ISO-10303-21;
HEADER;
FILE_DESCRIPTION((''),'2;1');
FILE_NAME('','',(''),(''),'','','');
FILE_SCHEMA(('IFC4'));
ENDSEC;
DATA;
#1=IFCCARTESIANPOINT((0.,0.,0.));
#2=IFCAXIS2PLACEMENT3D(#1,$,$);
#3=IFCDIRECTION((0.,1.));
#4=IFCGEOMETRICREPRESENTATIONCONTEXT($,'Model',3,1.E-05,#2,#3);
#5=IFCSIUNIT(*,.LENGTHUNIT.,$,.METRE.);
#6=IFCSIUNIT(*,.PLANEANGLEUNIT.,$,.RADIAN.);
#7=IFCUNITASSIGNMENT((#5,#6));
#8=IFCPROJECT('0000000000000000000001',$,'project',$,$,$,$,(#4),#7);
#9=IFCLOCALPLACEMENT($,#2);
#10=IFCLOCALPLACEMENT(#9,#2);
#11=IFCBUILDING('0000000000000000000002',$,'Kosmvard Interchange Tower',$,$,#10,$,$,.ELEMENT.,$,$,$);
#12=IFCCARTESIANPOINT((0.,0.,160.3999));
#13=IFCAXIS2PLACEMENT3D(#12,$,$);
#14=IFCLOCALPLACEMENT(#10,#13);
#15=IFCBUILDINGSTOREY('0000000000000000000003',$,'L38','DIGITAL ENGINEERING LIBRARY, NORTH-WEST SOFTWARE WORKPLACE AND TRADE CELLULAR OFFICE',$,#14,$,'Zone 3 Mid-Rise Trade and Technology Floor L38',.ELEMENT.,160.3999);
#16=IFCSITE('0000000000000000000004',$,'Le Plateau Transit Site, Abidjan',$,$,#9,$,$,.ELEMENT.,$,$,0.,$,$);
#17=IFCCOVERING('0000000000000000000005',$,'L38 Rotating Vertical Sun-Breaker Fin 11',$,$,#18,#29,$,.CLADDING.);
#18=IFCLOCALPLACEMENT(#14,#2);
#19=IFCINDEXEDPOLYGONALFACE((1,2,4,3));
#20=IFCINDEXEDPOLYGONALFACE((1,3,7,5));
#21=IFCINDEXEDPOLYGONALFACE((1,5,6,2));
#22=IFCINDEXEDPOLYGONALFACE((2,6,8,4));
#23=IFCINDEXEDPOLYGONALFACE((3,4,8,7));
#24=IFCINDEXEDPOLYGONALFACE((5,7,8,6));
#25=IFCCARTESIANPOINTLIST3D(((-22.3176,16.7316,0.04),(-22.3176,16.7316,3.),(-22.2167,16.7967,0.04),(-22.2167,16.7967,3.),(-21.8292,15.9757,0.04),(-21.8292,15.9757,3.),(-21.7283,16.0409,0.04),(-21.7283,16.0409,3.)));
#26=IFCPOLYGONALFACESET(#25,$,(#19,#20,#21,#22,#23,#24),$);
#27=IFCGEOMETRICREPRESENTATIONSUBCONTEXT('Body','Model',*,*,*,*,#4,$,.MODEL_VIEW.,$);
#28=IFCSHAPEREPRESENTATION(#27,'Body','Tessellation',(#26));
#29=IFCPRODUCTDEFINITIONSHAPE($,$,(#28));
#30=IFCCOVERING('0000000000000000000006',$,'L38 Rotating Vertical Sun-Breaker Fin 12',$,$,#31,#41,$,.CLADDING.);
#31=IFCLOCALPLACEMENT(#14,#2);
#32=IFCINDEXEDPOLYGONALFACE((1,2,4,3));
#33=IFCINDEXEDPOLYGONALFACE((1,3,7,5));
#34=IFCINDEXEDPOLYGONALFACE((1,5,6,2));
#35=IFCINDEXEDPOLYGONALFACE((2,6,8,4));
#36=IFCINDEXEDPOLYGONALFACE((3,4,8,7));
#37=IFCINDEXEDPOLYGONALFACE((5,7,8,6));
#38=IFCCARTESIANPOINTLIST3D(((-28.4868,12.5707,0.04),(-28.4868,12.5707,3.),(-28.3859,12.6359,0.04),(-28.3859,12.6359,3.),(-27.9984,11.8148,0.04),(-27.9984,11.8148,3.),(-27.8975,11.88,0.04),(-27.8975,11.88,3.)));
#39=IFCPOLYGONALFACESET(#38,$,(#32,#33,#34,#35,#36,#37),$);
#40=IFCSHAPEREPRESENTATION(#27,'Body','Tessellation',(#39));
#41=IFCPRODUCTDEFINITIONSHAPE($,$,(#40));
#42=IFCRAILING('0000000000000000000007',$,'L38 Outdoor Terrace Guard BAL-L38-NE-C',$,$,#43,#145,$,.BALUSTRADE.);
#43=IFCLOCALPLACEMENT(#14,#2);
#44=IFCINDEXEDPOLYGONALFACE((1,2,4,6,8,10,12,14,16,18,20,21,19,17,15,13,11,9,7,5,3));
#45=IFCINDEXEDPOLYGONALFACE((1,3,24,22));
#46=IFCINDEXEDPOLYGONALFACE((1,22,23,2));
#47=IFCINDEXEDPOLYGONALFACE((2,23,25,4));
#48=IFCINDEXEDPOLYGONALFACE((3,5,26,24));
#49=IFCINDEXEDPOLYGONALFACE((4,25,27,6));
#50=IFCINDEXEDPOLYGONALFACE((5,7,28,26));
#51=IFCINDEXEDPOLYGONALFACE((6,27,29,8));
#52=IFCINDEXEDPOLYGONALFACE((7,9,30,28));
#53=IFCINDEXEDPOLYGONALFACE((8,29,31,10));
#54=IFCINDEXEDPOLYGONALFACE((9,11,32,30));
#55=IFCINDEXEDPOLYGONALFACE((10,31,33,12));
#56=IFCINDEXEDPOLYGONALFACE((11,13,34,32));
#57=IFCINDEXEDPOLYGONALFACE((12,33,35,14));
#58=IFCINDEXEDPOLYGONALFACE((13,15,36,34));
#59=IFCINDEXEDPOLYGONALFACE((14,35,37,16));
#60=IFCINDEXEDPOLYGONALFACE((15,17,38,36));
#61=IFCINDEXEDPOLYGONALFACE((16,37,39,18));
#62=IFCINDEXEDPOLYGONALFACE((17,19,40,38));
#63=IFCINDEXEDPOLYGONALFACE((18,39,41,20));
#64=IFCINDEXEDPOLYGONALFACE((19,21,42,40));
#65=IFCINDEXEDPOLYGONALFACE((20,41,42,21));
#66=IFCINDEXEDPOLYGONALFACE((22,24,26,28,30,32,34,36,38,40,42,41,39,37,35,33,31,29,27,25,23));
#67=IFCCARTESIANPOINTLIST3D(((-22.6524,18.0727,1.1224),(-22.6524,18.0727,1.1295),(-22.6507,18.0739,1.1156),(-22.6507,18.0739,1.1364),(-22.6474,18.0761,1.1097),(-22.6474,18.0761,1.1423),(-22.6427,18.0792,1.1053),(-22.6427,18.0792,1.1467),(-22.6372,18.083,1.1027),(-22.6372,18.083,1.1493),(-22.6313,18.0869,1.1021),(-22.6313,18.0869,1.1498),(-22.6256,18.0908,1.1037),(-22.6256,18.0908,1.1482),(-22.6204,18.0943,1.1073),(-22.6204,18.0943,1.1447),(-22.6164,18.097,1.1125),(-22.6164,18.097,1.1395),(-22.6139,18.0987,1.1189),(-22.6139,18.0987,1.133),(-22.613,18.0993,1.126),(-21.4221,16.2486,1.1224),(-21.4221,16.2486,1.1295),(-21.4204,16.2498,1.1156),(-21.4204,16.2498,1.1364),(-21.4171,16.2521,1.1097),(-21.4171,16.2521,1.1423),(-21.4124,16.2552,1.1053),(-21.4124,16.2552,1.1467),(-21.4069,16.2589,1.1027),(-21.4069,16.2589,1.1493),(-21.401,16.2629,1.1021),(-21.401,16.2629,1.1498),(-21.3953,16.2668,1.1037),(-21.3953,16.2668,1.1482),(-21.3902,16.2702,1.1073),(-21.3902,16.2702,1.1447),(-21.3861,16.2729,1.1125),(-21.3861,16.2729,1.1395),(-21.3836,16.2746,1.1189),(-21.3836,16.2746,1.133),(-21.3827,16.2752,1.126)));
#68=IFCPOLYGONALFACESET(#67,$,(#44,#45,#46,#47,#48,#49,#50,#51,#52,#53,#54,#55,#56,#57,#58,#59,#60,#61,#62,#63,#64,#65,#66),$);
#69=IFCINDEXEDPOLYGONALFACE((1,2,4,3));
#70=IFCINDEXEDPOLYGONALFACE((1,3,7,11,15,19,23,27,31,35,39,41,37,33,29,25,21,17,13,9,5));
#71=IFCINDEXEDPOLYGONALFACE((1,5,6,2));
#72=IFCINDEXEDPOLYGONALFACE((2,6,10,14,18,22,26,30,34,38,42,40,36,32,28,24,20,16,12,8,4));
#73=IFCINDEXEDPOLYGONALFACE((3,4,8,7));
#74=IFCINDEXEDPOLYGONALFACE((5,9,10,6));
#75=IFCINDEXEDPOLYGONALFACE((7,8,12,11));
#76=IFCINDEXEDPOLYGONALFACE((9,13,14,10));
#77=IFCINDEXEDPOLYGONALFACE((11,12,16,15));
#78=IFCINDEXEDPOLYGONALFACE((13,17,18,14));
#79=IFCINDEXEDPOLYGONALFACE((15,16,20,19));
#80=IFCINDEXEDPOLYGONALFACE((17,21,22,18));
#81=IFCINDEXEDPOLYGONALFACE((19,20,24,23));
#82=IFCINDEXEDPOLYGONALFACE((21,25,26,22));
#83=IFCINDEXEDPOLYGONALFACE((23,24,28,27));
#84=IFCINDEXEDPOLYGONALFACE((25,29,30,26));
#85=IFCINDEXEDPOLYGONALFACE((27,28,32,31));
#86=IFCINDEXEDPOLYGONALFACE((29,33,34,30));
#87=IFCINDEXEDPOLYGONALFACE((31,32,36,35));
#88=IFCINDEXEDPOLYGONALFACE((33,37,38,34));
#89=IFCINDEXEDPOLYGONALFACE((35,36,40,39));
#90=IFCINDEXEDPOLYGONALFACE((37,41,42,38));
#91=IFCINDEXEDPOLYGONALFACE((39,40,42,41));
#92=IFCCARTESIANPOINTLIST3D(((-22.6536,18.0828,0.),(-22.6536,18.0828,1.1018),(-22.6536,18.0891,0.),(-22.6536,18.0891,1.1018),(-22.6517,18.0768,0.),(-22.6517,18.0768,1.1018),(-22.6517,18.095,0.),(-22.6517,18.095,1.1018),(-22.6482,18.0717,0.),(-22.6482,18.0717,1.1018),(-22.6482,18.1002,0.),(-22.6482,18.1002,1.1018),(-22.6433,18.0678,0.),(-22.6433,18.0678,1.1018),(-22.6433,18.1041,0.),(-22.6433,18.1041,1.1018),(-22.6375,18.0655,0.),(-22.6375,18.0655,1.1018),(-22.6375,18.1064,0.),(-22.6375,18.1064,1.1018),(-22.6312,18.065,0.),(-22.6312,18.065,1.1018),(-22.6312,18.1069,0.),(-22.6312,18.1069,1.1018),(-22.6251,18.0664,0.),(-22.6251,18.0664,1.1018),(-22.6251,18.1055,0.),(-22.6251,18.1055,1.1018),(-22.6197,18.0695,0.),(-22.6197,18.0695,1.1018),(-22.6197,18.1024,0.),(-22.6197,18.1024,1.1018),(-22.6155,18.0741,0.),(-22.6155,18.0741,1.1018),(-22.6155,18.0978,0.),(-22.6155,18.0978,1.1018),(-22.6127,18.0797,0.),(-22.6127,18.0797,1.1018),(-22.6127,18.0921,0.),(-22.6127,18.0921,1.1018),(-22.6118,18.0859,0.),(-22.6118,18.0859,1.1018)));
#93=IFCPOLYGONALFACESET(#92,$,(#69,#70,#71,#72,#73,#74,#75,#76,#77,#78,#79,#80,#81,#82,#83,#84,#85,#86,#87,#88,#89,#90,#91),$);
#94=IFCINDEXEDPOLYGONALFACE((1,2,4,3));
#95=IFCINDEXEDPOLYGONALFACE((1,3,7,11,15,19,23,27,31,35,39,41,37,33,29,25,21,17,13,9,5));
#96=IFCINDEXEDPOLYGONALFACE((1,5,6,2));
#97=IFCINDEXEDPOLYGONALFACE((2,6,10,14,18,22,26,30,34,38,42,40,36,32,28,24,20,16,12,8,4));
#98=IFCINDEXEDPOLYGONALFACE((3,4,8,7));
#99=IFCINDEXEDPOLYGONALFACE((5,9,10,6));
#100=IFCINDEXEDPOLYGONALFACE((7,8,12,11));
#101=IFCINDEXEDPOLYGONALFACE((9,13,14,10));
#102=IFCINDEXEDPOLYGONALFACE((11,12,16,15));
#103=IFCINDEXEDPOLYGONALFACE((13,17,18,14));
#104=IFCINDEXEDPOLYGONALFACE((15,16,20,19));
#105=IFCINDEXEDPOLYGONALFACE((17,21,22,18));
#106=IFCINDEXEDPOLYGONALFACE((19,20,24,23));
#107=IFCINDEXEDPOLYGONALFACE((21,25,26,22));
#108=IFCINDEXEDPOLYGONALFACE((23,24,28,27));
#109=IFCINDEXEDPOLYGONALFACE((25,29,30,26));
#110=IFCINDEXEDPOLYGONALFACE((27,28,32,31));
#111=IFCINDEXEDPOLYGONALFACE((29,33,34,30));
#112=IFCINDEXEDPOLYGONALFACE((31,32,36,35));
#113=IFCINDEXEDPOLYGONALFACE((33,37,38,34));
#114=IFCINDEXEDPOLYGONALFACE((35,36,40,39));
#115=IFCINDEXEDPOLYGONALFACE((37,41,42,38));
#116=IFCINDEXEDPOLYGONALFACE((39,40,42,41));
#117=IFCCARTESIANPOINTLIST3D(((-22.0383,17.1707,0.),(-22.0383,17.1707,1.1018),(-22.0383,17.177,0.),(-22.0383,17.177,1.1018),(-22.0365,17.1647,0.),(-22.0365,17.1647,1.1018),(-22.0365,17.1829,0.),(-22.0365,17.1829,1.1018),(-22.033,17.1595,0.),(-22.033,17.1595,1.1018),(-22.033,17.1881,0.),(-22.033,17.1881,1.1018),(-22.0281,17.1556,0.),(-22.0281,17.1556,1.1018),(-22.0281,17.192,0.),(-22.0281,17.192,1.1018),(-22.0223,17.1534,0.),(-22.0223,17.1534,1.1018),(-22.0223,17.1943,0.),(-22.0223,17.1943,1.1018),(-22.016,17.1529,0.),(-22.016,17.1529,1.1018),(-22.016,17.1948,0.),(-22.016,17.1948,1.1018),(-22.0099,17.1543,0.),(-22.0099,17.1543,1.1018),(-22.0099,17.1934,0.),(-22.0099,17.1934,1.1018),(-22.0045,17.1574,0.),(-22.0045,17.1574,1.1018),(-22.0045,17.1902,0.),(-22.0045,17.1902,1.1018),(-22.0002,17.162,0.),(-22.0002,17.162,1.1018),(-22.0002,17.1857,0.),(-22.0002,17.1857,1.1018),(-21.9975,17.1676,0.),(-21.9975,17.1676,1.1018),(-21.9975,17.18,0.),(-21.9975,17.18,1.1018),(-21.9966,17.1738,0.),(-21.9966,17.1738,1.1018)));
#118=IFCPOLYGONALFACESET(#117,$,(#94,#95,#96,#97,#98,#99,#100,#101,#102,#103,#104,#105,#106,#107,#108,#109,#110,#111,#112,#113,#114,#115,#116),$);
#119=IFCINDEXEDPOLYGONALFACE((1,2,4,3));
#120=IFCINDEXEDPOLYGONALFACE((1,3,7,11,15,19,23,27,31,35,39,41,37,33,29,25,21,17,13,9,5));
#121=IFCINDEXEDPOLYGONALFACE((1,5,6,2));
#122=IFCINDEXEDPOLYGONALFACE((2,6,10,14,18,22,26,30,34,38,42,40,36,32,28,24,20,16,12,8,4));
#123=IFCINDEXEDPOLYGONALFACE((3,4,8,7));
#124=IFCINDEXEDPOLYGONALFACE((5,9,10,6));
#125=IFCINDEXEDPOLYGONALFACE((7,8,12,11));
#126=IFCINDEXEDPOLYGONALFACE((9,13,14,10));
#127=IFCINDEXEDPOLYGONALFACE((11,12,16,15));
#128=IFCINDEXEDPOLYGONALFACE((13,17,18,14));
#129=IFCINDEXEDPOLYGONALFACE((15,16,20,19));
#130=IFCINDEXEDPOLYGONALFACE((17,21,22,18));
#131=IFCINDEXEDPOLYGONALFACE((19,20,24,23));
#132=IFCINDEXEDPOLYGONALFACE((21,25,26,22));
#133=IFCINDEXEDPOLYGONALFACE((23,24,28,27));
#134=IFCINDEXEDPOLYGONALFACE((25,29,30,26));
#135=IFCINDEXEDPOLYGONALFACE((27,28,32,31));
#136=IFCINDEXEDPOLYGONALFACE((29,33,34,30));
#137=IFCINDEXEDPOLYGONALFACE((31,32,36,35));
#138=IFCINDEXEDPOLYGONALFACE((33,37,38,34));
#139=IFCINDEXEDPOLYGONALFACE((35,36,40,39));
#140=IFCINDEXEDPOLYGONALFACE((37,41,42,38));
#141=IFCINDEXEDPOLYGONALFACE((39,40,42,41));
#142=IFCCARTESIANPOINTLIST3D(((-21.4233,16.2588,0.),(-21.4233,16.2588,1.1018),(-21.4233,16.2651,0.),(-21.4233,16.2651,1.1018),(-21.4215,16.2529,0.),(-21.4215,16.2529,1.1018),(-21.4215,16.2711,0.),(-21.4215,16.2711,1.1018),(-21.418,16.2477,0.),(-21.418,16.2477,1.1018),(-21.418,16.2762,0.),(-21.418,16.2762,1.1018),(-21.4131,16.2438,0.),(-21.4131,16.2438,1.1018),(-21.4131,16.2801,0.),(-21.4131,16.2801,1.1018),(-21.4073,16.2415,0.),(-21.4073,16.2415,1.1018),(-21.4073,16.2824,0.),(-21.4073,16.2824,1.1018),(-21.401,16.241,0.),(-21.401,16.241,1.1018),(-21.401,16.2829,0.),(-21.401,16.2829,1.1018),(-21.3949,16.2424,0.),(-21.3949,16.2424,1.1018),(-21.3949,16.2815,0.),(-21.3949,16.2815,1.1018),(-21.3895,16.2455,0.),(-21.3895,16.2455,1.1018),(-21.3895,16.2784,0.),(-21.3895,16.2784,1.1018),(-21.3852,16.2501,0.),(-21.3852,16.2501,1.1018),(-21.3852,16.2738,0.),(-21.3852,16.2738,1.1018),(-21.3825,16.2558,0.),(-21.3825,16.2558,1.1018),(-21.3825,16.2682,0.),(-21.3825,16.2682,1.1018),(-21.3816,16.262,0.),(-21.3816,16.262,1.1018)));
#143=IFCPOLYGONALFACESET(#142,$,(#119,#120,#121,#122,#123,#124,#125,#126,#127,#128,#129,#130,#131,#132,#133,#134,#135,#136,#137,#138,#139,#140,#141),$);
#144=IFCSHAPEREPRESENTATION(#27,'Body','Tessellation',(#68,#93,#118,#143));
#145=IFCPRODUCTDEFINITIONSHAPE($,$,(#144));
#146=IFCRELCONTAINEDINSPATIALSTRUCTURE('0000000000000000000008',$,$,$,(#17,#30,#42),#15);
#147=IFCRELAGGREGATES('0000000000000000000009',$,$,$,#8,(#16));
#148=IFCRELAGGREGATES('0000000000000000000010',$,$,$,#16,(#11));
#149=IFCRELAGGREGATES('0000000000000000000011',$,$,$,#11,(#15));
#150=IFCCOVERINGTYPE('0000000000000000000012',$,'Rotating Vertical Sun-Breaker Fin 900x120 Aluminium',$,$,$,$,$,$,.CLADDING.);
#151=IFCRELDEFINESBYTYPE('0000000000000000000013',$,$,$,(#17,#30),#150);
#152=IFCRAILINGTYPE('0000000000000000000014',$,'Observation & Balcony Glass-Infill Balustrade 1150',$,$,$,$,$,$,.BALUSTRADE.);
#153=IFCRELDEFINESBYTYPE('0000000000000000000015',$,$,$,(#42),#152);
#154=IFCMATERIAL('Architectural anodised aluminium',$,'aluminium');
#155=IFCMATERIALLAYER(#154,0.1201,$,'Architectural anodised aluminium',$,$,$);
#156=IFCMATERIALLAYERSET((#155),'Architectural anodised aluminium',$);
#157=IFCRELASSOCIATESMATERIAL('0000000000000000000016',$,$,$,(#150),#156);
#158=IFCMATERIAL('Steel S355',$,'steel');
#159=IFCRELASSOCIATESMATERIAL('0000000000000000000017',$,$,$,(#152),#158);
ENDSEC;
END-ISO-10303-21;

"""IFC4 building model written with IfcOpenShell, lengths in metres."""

from ifc_helpers import new_model, si_unit, direction, frame, origin, origin_2d, place, context, subcontext, project, spatial, rectangle, circle, extrude, source, transform, mapped, material, layer, layer_set, type_object, element, save


model = new_model("IFC4")

# Units and contexts
model_context = context("Model", 3, precision=1e-05, world=origin(), true_north=direction((0.0, 1.0)))
body_context = subcontext(model_context, "Body", "Model", "MODEL_VIEW")
ifc_project = project(units=[si_unit("LENGTHUNIT", "METRE"), si_unit("PLANEANGLEUNIT", "RADIAN")], contexts=[model_context])

# Site, building, storey
site_placement = place(None, origin())
site = spatial("IfcSite", under=ifc_project, at=site_placement, Name="Le Plateau Transit Site, Abidjan", CompositionType="ELEMENT", RefElevation=0.0)
building_placement = place(site_placement, origin())
building = spatial("IfcBuilding", under=site, at=building_placement, Name="Kosmvard Interchange Tower", CompositionType="ELEMENT")
storey_placement = place(building_placement, frame((0.0, 0.0, 160.3999)))
storey = spatial("IfcBuildingStorey", under=building, at=storey_placement, Name="L38", Description="DIGITAL ENGINEERING LIBRARY, NORTH-WEST SOFTWARE WORKPLACE AND TRADE CELLULAR OFFICE", LongName="Zone 3 Mid-Rise Trade and Technology Floor L38", CompositionType="ELEMENT", Elevation=160.3999)

# Shared definitions
ifc_material_1 = material(Name="Steel S355", Category="steel")

# Coverings
ifc_material_2 = material(Name="Architectural anodised aluminium", Category="aluminium")
ifc_layer_1 = layer(ifc_material_2, 0.1201, Name="Architectural anodised aluminium")
ifc_layer_set_1 = layer_set([ifc_layer_1], Name="Architectural anodised aluminium")
covering_type = type_object("IfcCoveringType", Name="Rotating Vertical Sun-Breaker Fin 900x120 Aluminium", PredefinedType="CLADDING", material=ifc_layer_set_1)
shared_shape_1 = source(origin(), body_context, "Body", "SweptSolid", [
    extrude(rectangle(XDim=0.8999, YDim=0.1201, at=origin_2d()), origin(), (0.0, 0.0, 1.0), 2.96),
])
for number, where, z_axis, x_axis, name in (
    (1, (-22.0229, 16.3862, 0.04), (0.0, 0.0, 1.0), (-0.542735, 0.839904, 0.0), "L38 Rotating Vertical Sun-Breaker Fin 11"),
    (2, (-28.1921, 12.2253, 0.04), (0.0, 0.0, 1.0), (-0.542735, 0.839904, 0.0), "L38 Rotating Vertical Sun-Breaker Fin 12"),
):
    element("IfcCovering", number, at=place(storey_placement, frame(where, z_axis=z_axis, x_axis=x_axis)), inside=storey, type_object=covering_type, Name=name, PredefinedType="CLADDING", context=body_context, shape_type="MappedRepresentation", body=[
        mapped(shared_shape_1, transform((0.0, 0.0, 0.0), scale=1.0)),
    ])

# Railing
railing_type = type_object("IfcRailingType", Name="Observation & Balcony Glass-Infill Balustrade 1150", PredefinedType="BALUSTRADE", material=ifc_material_1)
shared_shape_2 = source(origin(), body_context, "Body", "SweptSolid", [
    extrude(circle(Radius=0.0239, at=origin_2d()), frame((0.0, 0.0, 1.126), z_axis=(0.559174, -0.829051, 0.0), x_axis=(0.829051, 0.559174, 0.0)), (0.0, 0.0, 1.0), 2.2002),
    extrude(circle(Radius=0.021, at=origin_2d()), origin(), (0.0, 0.0, 1.0), 1.1018),
    extrude(circle(Radius=0.021, at=origin_2d()), frame((0.6152, -0.9121, 0.0)), (0.0, 0.0, 1.0), 1.1018),
    extrude(circle(Radius=0.021, at=origin_2d()), frame((1.2302, -1.824, 0.0)), (0.0, 0.0, 1.0), 1.1018),
])
railing_1_placement = place(storey_placement, frame((-22.6328, 18.0859, 0.0)))
element("IfcRailing", 3, at=railing_1_placement, inside=storey, type_object=railing_type, Name="L38 Outdoor Terrace Guard BAL-L38-NE-C", PredefinedType="BALUSTRADE", context=body_context, shape_type="MappedRepresentation", body=[
    mapped(shared_shape_2, transform((0.0, 0.0, 0.0), scale=1.0)),
])

save(model, "model.ifc")
